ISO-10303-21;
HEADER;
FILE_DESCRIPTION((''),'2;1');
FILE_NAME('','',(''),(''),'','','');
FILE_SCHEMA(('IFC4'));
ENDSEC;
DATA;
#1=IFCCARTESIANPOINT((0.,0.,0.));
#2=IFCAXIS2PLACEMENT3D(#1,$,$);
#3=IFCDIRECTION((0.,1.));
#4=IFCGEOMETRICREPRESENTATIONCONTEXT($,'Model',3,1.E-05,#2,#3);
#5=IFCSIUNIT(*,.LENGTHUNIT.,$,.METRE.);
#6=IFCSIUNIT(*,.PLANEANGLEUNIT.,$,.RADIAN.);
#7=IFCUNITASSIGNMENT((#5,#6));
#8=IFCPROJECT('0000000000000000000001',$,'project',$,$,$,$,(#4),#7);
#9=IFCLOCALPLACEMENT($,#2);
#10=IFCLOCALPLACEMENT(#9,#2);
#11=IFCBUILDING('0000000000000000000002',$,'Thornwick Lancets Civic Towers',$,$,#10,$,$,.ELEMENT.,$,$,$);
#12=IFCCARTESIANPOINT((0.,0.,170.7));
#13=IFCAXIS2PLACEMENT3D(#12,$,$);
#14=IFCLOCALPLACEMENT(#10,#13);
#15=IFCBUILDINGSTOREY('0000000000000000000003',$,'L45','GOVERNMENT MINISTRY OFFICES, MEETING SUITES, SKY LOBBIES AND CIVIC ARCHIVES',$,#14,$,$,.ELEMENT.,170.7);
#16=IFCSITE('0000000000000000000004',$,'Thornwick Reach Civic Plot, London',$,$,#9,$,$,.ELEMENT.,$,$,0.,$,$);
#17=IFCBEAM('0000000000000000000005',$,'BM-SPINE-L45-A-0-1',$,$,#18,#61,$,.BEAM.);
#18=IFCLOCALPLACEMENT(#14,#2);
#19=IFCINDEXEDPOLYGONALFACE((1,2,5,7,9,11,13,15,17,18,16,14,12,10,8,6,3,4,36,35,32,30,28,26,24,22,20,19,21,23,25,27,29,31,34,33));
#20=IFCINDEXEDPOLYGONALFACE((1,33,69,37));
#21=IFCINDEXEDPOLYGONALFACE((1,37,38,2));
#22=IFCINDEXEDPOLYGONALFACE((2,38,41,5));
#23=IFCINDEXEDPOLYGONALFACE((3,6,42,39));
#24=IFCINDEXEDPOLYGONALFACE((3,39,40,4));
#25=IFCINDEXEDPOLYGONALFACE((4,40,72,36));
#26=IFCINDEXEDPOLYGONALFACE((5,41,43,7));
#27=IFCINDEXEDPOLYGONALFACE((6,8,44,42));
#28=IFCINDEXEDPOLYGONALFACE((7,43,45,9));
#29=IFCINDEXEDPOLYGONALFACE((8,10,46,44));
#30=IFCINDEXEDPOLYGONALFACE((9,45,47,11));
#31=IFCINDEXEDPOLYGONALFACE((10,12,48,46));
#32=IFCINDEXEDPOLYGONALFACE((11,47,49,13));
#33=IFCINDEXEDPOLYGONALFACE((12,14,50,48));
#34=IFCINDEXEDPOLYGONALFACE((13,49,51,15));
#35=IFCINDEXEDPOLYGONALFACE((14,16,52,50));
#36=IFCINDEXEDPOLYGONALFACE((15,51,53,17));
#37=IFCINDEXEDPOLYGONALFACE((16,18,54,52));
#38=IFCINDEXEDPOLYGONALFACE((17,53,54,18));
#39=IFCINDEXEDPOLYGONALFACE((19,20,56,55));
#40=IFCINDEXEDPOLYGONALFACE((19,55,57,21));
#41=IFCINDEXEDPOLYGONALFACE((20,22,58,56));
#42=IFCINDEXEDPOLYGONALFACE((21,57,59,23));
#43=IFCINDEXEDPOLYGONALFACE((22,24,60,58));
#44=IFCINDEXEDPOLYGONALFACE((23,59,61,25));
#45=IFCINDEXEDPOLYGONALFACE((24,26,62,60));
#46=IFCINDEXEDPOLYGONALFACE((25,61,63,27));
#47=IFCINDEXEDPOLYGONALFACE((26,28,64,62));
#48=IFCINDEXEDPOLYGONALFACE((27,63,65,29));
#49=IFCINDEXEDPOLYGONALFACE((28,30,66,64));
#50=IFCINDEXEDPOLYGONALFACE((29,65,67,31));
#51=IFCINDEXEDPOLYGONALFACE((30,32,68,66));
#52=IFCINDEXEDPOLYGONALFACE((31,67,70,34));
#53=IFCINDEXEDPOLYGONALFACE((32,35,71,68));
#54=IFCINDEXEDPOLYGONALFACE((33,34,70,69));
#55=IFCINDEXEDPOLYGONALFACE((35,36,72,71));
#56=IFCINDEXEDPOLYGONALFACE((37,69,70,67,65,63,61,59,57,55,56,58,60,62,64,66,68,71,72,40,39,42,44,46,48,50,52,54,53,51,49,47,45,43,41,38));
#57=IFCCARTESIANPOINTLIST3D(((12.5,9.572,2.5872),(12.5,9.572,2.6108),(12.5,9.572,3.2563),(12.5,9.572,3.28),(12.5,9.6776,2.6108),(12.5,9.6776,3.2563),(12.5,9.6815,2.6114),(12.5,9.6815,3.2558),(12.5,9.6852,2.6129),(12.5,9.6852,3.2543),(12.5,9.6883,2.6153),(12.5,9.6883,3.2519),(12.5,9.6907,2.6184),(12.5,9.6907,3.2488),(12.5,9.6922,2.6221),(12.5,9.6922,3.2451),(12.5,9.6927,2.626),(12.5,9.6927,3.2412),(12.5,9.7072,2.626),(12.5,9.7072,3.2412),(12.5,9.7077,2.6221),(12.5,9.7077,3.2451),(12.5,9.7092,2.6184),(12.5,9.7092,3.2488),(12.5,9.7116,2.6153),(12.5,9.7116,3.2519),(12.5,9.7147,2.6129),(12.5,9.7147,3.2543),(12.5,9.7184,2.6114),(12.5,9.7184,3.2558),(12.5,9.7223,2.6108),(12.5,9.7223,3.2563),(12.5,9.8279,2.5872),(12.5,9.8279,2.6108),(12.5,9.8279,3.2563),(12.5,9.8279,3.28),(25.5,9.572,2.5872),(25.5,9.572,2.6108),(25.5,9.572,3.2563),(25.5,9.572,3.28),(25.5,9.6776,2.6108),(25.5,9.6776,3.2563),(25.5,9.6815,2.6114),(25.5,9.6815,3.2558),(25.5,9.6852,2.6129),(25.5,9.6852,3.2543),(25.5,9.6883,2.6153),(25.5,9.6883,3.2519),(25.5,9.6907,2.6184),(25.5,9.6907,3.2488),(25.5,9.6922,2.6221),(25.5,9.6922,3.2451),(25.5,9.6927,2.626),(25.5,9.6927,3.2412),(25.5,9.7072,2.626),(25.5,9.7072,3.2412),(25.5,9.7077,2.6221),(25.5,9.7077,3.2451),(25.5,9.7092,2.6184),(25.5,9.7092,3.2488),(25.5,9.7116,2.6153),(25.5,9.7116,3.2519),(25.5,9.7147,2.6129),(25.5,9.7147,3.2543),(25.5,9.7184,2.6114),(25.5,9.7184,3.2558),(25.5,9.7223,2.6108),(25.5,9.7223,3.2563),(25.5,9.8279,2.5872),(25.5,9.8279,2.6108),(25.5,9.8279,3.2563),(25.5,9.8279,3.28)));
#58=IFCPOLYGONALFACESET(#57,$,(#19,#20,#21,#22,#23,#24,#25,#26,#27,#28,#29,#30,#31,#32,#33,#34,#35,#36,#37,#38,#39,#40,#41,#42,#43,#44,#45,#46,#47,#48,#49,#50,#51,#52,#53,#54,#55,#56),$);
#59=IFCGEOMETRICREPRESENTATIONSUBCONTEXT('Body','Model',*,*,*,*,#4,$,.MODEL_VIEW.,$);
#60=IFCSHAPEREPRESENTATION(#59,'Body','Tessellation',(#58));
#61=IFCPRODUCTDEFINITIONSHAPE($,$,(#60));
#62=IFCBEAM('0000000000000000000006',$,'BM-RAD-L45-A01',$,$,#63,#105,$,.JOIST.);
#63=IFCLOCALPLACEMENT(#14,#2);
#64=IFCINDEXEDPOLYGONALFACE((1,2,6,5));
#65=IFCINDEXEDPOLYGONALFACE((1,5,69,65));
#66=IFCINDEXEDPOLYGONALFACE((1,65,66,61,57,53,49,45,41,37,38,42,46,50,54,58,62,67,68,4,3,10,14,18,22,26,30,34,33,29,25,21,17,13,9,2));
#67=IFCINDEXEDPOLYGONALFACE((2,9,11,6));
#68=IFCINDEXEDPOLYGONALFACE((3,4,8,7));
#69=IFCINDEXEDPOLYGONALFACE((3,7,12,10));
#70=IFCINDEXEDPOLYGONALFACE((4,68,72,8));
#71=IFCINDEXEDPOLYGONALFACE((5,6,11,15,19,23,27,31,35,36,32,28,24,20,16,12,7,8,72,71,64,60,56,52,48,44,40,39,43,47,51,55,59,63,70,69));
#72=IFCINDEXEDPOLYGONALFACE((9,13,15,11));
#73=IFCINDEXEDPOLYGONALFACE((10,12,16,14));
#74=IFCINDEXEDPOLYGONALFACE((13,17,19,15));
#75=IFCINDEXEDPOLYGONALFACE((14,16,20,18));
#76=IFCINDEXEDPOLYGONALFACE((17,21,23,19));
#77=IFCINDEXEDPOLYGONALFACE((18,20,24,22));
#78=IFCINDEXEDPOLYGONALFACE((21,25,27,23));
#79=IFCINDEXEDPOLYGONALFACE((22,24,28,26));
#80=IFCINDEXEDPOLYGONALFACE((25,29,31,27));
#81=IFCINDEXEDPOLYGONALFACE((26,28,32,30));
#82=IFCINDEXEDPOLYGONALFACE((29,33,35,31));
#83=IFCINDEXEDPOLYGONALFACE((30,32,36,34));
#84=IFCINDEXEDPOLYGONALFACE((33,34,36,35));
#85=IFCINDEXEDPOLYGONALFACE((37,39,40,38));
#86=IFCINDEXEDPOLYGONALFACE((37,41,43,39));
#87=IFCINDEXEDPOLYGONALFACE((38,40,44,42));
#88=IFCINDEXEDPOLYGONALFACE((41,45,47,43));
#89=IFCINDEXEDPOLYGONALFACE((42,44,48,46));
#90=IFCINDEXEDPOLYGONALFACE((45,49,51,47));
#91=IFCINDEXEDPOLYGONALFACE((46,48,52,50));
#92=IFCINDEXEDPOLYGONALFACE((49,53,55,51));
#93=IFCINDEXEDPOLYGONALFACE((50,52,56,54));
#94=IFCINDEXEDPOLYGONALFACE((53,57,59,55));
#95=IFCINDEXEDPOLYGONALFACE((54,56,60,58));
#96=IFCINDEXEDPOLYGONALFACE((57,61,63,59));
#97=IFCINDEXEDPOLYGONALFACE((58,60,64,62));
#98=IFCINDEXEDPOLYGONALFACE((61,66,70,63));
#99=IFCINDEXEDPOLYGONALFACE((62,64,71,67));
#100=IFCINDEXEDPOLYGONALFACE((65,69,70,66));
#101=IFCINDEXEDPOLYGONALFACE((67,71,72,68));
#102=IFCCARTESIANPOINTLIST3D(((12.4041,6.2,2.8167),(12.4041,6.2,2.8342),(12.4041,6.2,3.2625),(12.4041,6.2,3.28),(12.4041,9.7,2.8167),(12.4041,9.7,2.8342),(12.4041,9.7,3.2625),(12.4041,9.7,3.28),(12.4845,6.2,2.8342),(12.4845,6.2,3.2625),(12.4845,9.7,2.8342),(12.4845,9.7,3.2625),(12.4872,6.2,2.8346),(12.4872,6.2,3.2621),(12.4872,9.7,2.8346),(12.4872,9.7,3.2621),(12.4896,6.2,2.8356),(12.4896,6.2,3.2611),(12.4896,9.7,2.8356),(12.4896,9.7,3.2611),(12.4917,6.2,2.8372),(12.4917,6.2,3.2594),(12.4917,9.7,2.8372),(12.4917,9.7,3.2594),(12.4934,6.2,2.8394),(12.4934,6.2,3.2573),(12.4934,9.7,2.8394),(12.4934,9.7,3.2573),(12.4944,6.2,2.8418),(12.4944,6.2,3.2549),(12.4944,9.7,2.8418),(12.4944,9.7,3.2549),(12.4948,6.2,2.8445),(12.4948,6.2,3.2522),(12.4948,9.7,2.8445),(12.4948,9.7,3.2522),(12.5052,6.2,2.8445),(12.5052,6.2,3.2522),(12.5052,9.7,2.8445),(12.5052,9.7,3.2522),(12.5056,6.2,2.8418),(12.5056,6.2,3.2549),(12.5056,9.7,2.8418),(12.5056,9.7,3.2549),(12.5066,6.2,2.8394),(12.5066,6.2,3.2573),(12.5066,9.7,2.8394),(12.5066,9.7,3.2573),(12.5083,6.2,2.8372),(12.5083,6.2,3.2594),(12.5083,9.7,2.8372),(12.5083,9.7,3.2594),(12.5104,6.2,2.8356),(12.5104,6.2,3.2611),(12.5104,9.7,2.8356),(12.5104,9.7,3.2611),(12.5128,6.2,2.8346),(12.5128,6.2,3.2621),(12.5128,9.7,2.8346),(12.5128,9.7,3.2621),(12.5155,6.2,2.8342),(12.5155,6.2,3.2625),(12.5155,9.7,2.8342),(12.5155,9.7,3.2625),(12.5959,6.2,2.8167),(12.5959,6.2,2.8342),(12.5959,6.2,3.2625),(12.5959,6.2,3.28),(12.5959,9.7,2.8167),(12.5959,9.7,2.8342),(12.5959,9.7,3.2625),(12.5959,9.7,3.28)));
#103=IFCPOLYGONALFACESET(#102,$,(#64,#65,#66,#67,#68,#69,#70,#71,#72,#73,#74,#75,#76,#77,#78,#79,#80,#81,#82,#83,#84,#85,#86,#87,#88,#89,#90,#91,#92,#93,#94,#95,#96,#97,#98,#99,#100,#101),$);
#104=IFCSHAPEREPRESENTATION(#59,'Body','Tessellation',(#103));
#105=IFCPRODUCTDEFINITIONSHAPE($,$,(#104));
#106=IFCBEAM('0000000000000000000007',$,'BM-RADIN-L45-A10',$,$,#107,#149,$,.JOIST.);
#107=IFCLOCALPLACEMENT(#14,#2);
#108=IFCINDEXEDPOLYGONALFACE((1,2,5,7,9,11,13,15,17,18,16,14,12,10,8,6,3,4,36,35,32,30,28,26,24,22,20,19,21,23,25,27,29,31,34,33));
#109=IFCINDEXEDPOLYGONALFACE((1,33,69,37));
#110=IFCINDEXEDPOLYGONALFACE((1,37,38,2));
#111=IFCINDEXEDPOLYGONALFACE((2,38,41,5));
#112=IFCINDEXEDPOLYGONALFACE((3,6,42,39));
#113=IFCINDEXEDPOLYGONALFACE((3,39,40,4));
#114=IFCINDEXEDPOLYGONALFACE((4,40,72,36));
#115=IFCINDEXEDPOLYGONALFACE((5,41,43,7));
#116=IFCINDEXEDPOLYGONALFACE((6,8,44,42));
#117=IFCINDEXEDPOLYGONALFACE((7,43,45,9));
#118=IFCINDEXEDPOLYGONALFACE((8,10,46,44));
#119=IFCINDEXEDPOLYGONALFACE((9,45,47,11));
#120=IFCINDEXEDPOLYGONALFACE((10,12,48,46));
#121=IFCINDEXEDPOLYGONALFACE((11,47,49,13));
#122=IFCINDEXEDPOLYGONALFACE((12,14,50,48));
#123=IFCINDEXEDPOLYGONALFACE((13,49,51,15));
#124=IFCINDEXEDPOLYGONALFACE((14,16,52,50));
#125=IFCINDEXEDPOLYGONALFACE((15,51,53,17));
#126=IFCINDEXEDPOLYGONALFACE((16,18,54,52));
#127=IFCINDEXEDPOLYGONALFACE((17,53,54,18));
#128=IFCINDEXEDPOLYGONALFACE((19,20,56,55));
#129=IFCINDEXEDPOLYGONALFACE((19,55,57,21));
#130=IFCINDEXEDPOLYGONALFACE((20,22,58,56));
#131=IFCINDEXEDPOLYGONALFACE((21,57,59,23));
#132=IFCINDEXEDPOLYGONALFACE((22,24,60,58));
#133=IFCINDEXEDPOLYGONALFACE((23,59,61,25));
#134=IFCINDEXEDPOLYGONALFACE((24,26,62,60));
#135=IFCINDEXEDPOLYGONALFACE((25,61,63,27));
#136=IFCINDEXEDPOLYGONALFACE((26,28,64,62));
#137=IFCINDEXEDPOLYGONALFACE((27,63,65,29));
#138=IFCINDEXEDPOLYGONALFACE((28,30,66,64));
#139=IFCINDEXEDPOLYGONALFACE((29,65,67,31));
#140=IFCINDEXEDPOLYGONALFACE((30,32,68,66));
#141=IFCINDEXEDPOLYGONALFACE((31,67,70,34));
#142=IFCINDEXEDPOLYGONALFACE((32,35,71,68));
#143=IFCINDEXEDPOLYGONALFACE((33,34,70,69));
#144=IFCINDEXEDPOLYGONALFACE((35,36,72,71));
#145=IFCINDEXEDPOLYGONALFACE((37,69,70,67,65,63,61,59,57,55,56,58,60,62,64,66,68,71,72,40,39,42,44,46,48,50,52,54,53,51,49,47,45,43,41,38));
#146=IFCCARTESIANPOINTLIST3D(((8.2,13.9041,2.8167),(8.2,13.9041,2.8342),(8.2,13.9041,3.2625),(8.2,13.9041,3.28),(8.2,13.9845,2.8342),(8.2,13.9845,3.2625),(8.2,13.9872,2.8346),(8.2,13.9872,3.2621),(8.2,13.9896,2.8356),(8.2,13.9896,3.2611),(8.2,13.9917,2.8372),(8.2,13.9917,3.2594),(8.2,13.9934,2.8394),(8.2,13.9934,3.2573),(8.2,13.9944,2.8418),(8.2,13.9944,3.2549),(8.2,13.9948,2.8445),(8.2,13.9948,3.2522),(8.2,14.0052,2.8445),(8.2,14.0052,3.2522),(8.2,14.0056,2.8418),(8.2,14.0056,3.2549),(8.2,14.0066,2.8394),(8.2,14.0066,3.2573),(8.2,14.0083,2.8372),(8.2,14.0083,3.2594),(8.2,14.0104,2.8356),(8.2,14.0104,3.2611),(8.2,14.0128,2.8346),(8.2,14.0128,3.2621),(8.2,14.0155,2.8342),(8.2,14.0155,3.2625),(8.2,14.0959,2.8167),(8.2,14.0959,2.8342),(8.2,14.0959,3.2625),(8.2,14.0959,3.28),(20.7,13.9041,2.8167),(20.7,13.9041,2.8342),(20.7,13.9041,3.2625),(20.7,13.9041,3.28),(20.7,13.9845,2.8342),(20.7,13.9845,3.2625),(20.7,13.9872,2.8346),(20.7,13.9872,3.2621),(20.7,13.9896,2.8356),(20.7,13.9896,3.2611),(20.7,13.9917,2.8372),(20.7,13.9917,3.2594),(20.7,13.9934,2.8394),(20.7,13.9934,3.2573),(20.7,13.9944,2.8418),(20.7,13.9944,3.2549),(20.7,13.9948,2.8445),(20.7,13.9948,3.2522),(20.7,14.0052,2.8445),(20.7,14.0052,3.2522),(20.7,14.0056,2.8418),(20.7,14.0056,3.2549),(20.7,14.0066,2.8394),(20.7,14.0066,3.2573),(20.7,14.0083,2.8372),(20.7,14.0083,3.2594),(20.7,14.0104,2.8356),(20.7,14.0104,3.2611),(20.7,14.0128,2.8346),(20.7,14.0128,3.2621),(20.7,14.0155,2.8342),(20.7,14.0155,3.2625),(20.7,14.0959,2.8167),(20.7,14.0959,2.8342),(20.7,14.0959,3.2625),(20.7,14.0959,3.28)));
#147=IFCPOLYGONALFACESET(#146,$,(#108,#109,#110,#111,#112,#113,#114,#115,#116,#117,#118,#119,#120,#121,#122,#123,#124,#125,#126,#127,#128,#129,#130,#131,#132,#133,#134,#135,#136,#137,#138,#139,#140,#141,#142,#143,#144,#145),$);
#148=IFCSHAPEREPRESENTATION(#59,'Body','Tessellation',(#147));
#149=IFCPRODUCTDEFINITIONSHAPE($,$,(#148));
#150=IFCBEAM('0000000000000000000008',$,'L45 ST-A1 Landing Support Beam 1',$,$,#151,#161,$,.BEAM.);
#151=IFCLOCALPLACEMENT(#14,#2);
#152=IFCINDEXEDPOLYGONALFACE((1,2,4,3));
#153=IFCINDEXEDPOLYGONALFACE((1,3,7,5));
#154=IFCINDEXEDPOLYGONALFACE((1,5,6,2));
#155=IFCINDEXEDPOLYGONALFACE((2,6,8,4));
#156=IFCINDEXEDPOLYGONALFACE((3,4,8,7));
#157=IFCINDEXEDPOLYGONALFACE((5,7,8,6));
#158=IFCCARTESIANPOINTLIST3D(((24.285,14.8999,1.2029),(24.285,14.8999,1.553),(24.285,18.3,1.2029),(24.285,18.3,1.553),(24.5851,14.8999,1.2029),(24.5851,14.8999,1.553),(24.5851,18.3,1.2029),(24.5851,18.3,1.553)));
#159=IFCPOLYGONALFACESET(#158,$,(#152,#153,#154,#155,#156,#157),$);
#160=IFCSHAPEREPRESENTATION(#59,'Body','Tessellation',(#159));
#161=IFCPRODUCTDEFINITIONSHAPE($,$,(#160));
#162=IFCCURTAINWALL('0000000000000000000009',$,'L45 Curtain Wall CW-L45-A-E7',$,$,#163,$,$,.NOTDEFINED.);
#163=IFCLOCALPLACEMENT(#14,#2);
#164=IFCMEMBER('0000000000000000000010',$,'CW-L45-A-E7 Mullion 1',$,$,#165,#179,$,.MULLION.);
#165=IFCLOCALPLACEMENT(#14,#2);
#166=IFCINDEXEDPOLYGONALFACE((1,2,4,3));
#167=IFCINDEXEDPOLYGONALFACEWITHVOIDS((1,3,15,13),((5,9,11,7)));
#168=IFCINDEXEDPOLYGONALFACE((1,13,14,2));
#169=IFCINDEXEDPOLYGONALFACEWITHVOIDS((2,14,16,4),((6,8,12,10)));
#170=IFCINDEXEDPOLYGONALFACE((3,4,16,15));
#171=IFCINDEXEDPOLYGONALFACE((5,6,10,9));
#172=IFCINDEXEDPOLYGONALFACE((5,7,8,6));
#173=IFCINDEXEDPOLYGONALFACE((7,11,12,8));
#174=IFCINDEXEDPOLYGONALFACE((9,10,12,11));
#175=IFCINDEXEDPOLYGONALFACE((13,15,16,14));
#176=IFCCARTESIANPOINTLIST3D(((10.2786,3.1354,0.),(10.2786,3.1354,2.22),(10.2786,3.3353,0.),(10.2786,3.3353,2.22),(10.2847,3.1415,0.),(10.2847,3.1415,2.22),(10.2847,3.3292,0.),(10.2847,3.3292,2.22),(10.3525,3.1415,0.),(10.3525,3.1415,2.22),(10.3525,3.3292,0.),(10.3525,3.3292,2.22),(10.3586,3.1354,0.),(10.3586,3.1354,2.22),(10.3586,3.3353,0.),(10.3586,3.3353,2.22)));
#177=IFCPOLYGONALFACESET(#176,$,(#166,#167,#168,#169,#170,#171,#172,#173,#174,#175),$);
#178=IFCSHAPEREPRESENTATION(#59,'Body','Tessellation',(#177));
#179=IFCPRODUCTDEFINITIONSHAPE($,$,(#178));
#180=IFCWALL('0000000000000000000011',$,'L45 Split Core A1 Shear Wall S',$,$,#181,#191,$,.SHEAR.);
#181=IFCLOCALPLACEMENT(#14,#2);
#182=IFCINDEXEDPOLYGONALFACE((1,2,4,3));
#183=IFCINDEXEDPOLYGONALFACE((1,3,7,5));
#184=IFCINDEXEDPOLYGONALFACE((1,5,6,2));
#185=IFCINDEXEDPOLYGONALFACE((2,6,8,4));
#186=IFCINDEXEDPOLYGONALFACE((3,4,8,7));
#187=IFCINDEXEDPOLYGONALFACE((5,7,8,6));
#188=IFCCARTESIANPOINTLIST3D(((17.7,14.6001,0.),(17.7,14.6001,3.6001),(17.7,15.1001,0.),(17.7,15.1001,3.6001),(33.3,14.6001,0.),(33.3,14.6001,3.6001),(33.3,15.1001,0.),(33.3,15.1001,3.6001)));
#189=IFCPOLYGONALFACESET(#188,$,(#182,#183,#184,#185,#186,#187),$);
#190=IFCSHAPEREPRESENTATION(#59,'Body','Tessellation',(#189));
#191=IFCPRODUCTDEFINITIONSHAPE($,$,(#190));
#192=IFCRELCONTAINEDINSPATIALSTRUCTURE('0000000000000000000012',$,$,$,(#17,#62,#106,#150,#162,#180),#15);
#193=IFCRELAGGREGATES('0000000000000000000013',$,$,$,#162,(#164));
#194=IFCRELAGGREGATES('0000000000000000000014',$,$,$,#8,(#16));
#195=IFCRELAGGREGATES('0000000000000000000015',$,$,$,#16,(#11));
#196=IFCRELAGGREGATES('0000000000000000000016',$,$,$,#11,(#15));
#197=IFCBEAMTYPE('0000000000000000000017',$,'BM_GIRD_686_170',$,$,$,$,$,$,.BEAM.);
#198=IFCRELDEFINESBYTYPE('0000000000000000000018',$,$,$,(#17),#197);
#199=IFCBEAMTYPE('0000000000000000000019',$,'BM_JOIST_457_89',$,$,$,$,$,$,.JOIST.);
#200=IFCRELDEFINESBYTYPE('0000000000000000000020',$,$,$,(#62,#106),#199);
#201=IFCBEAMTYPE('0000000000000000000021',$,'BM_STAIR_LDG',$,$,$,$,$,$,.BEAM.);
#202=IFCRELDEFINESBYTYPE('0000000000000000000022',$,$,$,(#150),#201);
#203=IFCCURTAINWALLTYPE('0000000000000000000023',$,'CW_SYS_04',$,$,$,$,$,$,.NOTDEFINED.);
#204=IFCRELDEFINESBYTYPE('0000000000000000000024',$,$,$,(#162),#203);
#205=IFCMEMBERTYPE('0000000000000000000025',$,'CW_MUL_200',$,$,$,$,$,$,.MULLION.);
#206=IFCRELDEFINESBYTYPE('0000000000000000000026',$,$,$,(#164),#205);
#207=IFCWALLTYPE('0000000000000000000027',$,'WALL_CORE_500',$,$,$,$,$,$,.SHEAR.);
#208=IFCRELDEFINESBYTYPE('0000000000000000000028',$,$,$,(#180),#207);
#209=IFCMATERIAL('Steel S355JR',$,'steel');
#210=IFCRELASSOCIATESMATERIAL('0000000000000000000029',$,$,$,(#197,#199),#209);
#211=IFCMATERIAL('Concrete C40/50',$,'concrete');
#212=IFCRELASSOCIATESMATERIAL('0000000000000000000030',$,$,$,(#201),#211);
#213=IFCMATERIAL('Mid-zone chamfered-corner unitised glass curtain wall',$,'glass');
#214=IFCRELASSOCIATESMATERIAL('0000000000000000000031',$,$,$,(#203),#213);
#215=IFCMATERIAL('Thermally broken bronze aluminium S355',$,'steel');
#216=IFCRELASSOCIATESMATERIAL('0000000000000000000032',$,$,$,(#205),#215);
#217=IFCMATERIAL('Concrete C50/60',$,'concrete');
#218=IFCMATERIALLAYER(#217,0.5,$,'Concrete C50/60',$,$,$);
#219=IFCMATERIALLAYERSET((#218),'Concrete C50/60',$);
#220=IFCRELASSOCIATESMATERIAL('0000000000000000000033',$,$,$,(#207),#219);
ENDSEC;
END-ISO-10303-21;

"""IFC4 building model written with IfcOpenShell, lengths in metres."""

from ifc_helpers import new_model, si_unit, direction, frame, frame_2d, origin, origin_2d, place, context, subcontext, project, spatial, rectangle, hollow_rectangle, i_section, extrude, material, layer, layer_set, material_profile, profile_set, type_object, element, aggregate, save


model = new_model("IFC4")

# Units and contexts
model_context = context("Model", 3, precision=1e-05, world=origin(), true_north=direction((0.0, 1.0)))
body_context = subcontext(model_context, "Body", "Model", "MODEL_VIEW")
ifc_project = project(units=[si_unit("LENGTHUNIT", "METRE"), si_unit("PLANEANGLEUNIT", "RADIAN")], contexts=[model_context])

# Site, building, storey
site_placement = place(None, origin())
site = spatial("IfcSite", under=ifc_project, at=site_placement, Name="Thornwick Reach Civic Plot, London", CompositionType="ELEMENT", RefElevation=0.0)
building_placement = place(site_placement, origin())
building = spatial("IfcBuilding", under=site, at=building_placement, Name="Thornwick Lancets Civic Towers", CompositionType="ELEMENT")
storey_placement = place(building_placement, frame((0.0, 0.0, 170.7)))
storey = spatial("IfcBuildingStorey", under=building, at=storey_placement, Name="L45", Description="GOVERNMENT MINISTRY OFFICES, MEETING SUITES, SKY LOBBIES AND CIVIC ARCHIVES", CompositionType="ELEMENT", Elevation=170.7)

# Shared definitions
ifc_material_1 = material(Name="Concrete C50/60", Category="concrete")

# Beams
ifc_material_2 = material(Name="Steel S355JR", Category="steel")
ifc_material_profile_1 = material_profile(ifc_material_2, i_section(OverallWidth=0.2559, OverallDepth=0.6929, WebThickness=0.0144, FlangeThickness=0.0237, FilletRadius=0.0151, at=origin_2d()), Name="UKB 686x254x170")
ifc_profile_set_1 = profile_set([ifc_material_profile_1], Name="Steel S355JR")
beam_type_1 = type_object("IfcBeamType", Name="BM_GIRD_686_170", PredefinedType="BEAM", material=ifc_profile_set_1)
beam_1_placement = place(storey_placement, frame((12.5, 9.7, 2.9336), z_axis=(1.0, 0.0, 0.0), x_axis=(0.0, 1.0, 0.0)))
element("IfcBeam", 1, at=beam_1_placement, inside=storey, type_object=beam_type_1, Name="BM-SPINE-L45-A-0-1", PredefinedType="BEAM", context=body_context, shape_type="SweptSolid", body=[
    extrude(i_section(OverallWidth=0.2559, OverallDepth=0.6929, WebThickness=0.0144, FlangeThickness=0.0237, FilletRadius=0.0151, at=origin_2d()), origin(), (0.0, 0.0, 1.0), 13.0),
])
ifc_material_profile_2 = material_profile(ifc_material_2, i_section(OverallWidth=0.1919, OverallDepth=0.4634, WebThickness=0.0105, FlangeThickness=0.0176, FilletRadius=0.0103, at=origin_2d()), Name="UKB 457x191x89")
ifc_profile_set_2 = profile_set([ifc_material_profile_2], Name="Steel S355JR")
beam_type_2 = type_object("IfcBeamType", Name="BM_JOIST_457_89", PredefinedType="JOIST", material=ifc_profile_set_2)
beam_2_placement = place(storey_placement, frame((12.5, 9.7, 3.0483), z_axis=(0.0, -1.0, 0.0), x_axis=(1.0, 0.0, 0.0)))
element("IfcBeam", 2, at=beam_2_placement, inside=storey, type_object=beam_type_2, Name="BM-RAD-L45-A01", PredefinedType="JOIST", context=body_context, shape_type="SweptSolid", body=[
    extrude(i_section(OverallWidth=0.1919, OverallDepth=0.4634, WebThickness=0.0105, FlangeThickness=0.0176, FilletRadius=0.0103, at=origin_2d()), origin(), (0.0, 0.0, 1.0), 3.5),
])
beam_3_placement = place(storey_placement, frame((20.7, 14.0, 3.0483), z_axis=(-1.0, 0.0, 0.0), x_axis=(0.0, -1.0, 0.0)))
element("IfcBeam", 3, at=beam_3_placement, inside=storey, type_object=beam_type_2, Name="BM-RADIN-L45-A10", PredefinedType="JOIST", context=body_context, shape_type="SweptSolid", body=[
    extrude(i_section(OverallWidth=0.1919, OverallDepth=0.4634, WebThickness=0.0105, FlangeThickness=0.0176, FilletRadius=0.0103, at=origin_2d()), origin(), (0.0, 0.0, 1.0), 12.5),
])
ifc_material_3 = material(Name="Concrete C40/50", Category="concrete")
ifc_material_profile_3 = material_profile(ifc_material_3, rectangle(XDim=0.3, YDim=0.3501, at=origin_2d()), Name="RC 300x350")
ifc_profile_set_3 = profile_set([ifc_material_profile_3], Name="Concrete C40/50")
beam_type_3 = type_object("IfcBeamType", Name="BM_STAIR_LDG", PredefinedType="BEAM", material=ifc_profile_set_3)
beam_4_placement = place(storey_placement, frame((24.4351, 14.8999, 1.3779), z_axis=(0.0, 1.0, 0.0), x_axis=(-1.0, 0.0, 0.0)))
element("IfcBeam", 4, at=beam_4_placement, inside=storey, type_object=beam_type_3, Name="L45 ST-A1 Landing Support Beam 1", PredefinedType="BEAM", context=body_context, shape_type="SweptSolid", body=[
    extrude(rectangle(XDim=0.3, YDim=0.3501, at=origin_2d()), origin(), (0.0, 0.0, 1.0), 3.4001),
])

# Curtain wall, member
ifc_material_4 = material(Name="Mid-zone chamfered-corner unitised glass curtain wall", Category="glass")
curtain_wall_type = type_object("IfcCurtainWallType", Name="CW_SYS_04", PredefinedType="NOTDEFINED", material=ifc_material_4)
curtain_wall_placement = place(storey_placement, origin())
curtain_wall = element("IfcCurtainWall", 5, at=curtain_wall_placement, inside=storey, type_object=curtain_wall_type, Name="L45 Curtain Wall CW-L45-A-E7", PredefinedType="NOTDEFINED")
ifc_material_5 = material(Name="Thermally broken bronze aluminium S355", Category="steel")
ifc_material_profile_4 = material_profile(ifc_material_5, hollow_rectangle(XDim=0.0801, YDim=0.2, WallThickness=0.0061, at=origin_2d()), Name="RHS 200x80x6")
ifc_profile_set_4 = profile_set([ifc_material_profile_4], Name="Thermally broken bronze aluminium S355")
member_type = type_object("IfcMemberType", Name="CW_MUL_200", PredefinedType="MULLION", material=ifc_profile_set_4)
member_placement = place(storey_placement, frame((10.3186, 3.2354, 0.0), z_axis=(0.0, 0.0, 1.0), x_axis=(1.0, 0.0, 0.0)))
member = element("IfcMember", 6, at=member_placement, type_object=member_type, Name="CW-L45-A-E7 Mullion 1", PredefinedType="MULLION", context=body_context, shape_type="SweptSolid", body=[
    extrude(hollow_rectangle(XDim=0.0801, YDim=0.2, WallThickness=0.0061, at=origin_2d()), origin(), (0.0, 0.0, 1.0), 2.22),
])
aggregate(curtain_wall, [member])

# Wall
ifc_layer_1 = layer(ifc_material_1, 0.5, Name="Concrete C50/60")
ifc_layer_set_1 = layer_set([ifc_layer_1], Name="Concrete C50/60")
wall_type_1 = type_object("IfcWallType", Name="WALL_CORE_500", PredefinedType="SHEAR", material=ifc_layer_set_1)
wall_1_placement = place(storey_placement, frame((17.7, 14.8501, 0.0), z_axis=(0.0, 0.0, 1.0), x_axis=(1.0, 0.0, 0.0)))
element("IfcWall", 7, at=wall_1_placement, inside=storey, type_object=wall_type_1, Name="L45 Split Core A1 Shear Wall S", PredefinedType="SHEAR", context=body_context, shape_type="SweptSolid", body=[
    extrude(rectangle(XDim=15.6001, YDim=0.5, at=frame_2d((7.8, 0.0))), origin(), (0.0, 0.0, 1.0), 3.6001),
])

save(model, "model.ifc")
